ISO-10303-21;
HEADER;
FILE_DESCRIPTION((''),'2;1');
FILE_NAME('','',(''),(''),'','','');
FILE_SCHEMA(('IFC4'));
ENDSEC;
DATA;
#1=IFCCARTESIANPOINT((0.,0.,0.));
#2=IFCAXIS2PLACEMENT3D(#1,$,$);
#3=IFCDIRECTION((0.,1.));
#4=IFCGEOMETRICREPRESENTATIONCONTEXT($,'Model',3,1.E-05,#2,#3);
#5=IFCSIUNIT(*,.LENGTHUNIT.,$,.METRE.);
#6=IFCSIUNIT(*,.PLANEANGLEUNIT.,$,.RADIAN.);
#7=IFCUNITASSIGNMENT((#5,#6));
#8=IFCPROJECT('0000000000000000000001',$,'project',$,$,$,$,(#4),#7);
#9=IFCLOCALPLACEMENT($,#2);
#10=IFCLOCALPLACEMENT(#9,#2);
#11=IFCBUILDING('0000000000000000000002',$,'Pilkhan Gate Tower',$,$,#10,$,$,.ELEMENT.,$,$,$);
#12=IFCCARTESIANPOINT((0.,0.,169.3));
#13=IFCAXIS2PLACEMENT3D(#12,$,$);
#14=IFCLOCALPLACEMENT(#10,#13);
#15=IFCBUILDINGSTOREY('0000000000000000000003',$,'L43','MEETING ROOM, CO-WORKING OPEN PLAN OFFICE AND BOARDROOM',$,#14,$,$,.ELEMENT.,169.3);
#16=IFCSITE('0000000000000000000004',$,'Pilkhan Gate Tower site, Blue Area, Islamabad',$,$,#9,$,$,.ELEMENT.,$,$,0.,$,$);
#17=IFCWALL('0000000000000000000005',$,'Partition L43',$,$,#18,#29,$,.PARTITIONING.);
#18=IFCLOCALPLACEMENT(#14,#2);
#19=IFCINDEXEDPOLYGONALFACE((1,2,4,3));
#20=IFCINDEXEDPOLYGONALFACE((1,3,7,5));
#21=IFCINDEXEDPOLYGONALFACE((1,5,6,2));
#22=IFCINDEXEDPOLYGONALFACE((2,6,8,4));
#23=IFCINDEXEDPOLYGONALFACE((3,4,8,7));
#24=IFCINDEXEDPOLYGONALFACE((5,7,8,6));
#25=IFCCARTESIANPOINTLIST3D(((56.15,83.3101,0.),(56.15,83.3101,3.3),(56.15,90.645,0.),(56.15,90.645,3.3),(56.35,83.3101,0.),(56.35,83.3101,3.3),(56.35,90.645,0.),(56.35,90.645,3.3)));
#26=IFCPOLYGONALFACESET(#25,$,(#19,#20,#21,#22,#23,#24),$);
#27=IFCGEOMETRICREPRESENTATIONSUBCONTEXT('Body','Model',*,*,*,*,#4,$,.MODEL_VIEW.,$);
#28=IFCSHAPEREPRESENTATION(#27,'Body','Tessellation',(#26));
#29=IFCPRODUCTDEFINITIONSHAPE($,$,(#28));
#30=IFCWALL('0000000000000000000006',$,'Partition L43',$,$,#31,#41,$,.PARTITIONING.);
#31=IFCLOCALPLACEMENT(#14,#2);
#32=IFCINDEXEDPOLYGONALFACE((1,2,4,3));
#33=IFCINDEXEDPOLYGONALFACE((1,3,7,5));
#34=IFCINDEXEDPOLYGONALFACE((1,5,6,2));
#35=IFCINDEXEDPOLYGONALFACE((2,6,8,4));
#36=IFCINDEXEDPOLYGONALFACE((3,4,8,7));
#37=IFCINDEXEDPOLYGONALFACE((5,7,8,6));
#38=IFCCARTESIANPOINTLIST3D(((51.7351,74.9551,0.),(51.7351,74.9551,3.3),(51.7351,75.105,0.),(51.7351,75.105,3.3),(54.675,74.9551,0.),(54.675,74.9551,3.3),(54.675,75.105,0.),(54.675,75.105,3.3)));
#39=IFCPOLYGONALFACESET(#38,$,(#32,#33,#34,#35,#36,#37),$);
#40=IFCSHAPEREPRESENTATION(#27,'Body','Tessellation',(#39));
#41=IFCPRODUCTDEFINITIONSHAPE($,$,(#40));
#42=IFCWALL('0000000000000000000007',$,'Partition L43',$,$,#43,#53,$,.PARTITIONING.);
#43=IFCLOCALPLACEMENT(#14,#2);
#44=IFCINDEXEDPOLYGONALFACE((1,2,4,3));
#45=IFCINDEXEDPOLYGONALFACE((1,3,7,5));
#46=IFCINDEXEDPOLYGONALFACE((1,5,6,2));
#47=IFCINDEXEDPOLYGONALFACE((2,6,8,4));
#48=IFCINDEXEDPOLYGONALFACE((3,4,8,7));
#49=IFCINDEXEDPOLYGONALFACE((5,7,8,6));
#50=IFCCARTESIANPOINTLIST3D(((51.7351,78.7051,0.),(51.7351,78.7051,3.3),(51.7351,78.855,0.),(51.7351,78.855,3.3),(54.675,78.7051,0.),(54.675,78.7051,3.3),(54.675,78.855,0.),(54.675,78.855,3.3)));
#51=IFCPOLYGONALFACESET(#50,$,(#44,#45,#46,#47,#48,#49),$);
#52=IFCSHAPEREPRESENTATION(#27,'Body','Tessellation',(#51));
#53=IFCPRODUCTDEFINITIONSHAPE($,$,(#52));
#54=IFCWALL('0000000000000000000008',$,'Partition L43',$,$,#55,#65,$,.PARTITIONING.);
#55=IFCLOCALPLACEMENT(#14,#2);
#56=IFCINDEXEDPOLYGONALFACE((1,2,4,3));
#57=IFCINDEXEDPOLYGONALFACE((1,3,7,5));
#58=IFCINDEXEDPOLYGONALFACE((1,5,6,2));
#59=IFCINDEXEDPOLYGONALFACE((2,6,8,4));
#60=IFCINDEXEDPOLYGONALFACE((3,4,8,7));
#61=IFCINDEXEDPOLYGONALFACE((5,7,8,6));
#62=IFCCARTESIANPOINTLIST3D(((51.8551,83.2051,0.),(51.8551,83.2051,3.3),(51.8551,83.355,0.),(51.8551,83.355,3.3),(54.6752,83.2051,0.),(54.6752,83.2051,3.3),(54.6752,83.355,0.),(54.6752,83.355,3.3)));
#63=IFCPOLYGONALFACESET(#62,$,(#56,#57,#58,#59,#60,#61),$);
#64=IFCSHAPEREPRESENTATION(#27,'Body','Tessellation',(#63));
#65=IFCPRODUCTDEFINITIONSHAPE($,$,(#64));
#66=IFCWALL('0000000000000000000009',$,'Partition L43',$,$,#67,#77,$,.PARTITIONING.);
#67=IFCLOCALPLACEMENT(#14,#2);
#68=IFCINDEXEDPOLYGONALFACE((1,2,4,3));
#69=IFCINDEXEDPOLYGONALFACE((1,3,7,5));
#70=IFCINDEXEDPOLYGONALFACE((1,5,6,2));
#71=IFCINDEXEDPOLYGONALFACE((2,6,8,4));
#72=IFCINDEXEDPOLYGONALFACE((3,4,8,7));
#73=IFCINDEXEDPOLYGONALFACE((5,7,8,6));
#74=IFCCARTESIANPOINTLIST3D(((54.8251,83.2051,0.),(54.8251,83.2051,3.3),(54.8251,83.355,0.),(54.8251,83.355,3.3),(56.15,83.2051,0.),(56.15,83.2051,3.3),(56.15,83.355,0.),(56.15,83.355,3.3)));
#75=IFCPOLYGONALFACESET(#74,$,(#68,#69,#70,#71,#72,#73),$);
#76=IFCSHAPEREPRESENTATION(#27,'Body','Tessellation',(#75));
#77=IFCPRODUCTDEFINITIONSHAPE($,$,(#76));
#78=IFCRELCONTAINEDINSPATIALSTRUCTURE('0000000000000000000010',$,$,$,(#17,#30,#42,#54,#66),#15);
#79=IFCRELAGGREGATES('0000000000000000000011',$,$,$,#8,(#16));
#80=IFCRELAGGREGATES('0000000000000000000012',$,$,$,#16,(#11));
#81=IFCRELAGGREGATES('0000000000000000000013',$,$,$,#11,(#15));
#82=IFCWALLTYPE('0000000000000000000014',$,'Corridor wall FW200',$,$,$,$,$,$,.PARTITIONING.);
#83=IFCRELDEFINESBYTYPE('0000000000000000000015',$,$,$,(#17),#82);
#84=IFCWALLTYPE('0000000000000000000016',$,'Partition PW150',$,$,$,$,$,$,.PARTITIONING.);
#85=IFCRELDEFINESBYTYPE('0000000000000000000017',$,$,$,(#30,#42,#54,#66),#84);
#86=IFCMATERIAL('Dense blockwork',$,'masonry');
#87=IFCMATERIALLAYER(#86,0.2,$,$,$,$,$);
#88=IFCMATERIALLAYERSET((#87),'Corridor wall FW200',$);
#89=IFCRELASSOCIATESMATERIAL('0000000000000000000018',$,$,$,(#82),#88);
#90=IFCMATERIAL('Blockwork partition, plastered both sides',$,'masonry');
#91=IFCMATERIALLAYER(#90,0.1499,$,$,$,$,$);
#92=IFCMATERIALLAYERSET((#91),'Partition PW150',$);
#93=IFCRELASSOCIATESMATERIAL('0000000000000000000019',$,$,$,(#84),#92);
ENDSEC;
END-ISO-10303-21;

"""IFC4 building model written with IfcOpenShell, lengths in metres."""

from ifc_helpers import new_model, si_unit, direction, frame, frame_2d, origin, place, context, subcontext, project, spatial, rectangle, extrude, material, layer, layer_set, type_object, element, save


model = new_model("IFC4")

# Units and contexts
model_context = context("Model", 3, precision=1e-05, world=origin(), true_north=direction((0.0, 1.0)))
body_context = subcontext(model_context, "Body", "Model", "MODEL_VIEW")
ifc_project = project(units=[si_unit("LENGTHUNIT", "METRE"), si_unit("PLANEANGLEUNIT", "RADIAN")], contexts=[model_context])

# Site, building, storey
site_placement = place(None, origin())
site = spatial("IfcSite", under=ifc_project, at=site_placement, Name="Pilkhan Gate Tower site, Blue Area, Islamabad", CompositionType="ELEMENT", RefElevation=0.0)
building_placement = place(site_placement, origin())
building = spatial("IfcBuilding", under=site, at=building_placement, Name="Pilkhan Gate Tower", CompositionType="ELEMENT")
storey_placement = place(building_placement, frame((0.0, 0.0, 169.3)))
storey = spatial("IfcBuildingStorey", under=building, at=storey_placement, Name="L43", Description="MEETING ROOM, CO-WORKING OPEN PLAN OFFICE AND BOARDROOM", CompositionType="ELEMENT", Elevation=169.3)

# Walls
ifc_material_1 = material(Name="Dense blockwork", Category="masonry")
ifc_layer_1 = layer(ifc_material_1, 0.2)
ifc_layer_set_1 = layer_set([ifc_layer_1], Name="Corridor wall FW200")
wall_type_1 = type_object("IfcWallType", Name="Corridor wall FW200", PredefinedType="PARTITIONING", material=ifc_layer_set_1)
wall_1_placement = place(storey_placement, frame((56.25, 83.3101, 0.0), z_axis=(0.0, 0.0, 1.0), x_axis=(0.0, 1.0, 0.0)))
element("IfcWall", 1, at=wall_1_placement, inside=storey, type_object=wall_type_1, Name="Partition L43", PredefinedType="PARTITIONING", context=body_context, shape_type="SweptSolid", body=[
    extrude(rectangle(XDim=7.335, YDim=0.2, at=frame_2d((3.6675, 0.0))), origin(), (0.0, 0.0, 1.0), 3.3),
])
ifc_material_2 = material(Name="Blockwork partition, plastered both sides", Category="masonry")
ifc_layer_2 = layer(ifc_material_2, 0.1499)
ifc_layer_set_2 = layer_set([ifc_layer_2], Name="Partition PW150")
wall_type_2 = type_object("IfcWallType", Name="Partition PW150", PredefinedType="PARTITIONING", material=ifc_layer_set_2)
for number, where, z_axis, x_axis, name in (
    (2, (51.7351, 75.03, 0.0), (0.0, 0.0, 1.0), (1.0, 0.0, 0.0), "Partition L43"),
    (3, (51.7351, 78.78, 0.0), (0.0, 0.0, 1.0), (1.0, 0.0, 0.0), "Partition L43"),
):
    element("IfcWall", number, at=place(storey_placement, frame(where, z_axis=z_axis, x_axis=x_axis)), inside=storey, type_object=wall_type_2, Name=name, PredefinedType="PARTITIONING", context=body_context, shape_type="SweptSolid", body=[
        extrude(rectangle(XDim=2.9399, YDim=0.1499, at=frame_2d((1.47, 0.0))), origin(), (0.0, 0.0, 1.0), 3.3),
    ])
wall_2_placement = place(storey_placement, frame((51.855, 83.28, 0.0), z_axis=(0.0, 0.0, 1.0), x_axis=(1.0, 0.0, 0.0)))
element("IfcWall", 4, at=wall_2_placement, inside=storey, type_object=wall_type_2, Name="Partition L43", PredefinedType="PARTITIONING", context=body_context, shape_type="SweptSolid", body=[
    extrude(rectangle(XDim=2.8201, YDim=0.1499, at=frame_2d((1.4102, 0.0))), origin(), (0.0, 0.0, 1.0), 3.3),
])
wall_3_placement = place(storey_placement, frame((54.825, 83.28, 0.0), z_axis=(0.0, 0.0, 1.0), x_axis=(1.0, 0.0, 0.0)))
element("IfcWall", 5, at=wall_3_placement, inside=storey, type_object=wall_type_2, Name="Partition L43", PredefinedType="PARTITIONING", context=body_context, shape_type="SweptSolid", body=[
    extrude(rectangle(XDim=1.325, YDim=0.1499, at=frame_2d((0.6626, 0.0))), origin(), (0.0, 0.0, 1.0), 3.3),
])

save(model, "model.ifc")
